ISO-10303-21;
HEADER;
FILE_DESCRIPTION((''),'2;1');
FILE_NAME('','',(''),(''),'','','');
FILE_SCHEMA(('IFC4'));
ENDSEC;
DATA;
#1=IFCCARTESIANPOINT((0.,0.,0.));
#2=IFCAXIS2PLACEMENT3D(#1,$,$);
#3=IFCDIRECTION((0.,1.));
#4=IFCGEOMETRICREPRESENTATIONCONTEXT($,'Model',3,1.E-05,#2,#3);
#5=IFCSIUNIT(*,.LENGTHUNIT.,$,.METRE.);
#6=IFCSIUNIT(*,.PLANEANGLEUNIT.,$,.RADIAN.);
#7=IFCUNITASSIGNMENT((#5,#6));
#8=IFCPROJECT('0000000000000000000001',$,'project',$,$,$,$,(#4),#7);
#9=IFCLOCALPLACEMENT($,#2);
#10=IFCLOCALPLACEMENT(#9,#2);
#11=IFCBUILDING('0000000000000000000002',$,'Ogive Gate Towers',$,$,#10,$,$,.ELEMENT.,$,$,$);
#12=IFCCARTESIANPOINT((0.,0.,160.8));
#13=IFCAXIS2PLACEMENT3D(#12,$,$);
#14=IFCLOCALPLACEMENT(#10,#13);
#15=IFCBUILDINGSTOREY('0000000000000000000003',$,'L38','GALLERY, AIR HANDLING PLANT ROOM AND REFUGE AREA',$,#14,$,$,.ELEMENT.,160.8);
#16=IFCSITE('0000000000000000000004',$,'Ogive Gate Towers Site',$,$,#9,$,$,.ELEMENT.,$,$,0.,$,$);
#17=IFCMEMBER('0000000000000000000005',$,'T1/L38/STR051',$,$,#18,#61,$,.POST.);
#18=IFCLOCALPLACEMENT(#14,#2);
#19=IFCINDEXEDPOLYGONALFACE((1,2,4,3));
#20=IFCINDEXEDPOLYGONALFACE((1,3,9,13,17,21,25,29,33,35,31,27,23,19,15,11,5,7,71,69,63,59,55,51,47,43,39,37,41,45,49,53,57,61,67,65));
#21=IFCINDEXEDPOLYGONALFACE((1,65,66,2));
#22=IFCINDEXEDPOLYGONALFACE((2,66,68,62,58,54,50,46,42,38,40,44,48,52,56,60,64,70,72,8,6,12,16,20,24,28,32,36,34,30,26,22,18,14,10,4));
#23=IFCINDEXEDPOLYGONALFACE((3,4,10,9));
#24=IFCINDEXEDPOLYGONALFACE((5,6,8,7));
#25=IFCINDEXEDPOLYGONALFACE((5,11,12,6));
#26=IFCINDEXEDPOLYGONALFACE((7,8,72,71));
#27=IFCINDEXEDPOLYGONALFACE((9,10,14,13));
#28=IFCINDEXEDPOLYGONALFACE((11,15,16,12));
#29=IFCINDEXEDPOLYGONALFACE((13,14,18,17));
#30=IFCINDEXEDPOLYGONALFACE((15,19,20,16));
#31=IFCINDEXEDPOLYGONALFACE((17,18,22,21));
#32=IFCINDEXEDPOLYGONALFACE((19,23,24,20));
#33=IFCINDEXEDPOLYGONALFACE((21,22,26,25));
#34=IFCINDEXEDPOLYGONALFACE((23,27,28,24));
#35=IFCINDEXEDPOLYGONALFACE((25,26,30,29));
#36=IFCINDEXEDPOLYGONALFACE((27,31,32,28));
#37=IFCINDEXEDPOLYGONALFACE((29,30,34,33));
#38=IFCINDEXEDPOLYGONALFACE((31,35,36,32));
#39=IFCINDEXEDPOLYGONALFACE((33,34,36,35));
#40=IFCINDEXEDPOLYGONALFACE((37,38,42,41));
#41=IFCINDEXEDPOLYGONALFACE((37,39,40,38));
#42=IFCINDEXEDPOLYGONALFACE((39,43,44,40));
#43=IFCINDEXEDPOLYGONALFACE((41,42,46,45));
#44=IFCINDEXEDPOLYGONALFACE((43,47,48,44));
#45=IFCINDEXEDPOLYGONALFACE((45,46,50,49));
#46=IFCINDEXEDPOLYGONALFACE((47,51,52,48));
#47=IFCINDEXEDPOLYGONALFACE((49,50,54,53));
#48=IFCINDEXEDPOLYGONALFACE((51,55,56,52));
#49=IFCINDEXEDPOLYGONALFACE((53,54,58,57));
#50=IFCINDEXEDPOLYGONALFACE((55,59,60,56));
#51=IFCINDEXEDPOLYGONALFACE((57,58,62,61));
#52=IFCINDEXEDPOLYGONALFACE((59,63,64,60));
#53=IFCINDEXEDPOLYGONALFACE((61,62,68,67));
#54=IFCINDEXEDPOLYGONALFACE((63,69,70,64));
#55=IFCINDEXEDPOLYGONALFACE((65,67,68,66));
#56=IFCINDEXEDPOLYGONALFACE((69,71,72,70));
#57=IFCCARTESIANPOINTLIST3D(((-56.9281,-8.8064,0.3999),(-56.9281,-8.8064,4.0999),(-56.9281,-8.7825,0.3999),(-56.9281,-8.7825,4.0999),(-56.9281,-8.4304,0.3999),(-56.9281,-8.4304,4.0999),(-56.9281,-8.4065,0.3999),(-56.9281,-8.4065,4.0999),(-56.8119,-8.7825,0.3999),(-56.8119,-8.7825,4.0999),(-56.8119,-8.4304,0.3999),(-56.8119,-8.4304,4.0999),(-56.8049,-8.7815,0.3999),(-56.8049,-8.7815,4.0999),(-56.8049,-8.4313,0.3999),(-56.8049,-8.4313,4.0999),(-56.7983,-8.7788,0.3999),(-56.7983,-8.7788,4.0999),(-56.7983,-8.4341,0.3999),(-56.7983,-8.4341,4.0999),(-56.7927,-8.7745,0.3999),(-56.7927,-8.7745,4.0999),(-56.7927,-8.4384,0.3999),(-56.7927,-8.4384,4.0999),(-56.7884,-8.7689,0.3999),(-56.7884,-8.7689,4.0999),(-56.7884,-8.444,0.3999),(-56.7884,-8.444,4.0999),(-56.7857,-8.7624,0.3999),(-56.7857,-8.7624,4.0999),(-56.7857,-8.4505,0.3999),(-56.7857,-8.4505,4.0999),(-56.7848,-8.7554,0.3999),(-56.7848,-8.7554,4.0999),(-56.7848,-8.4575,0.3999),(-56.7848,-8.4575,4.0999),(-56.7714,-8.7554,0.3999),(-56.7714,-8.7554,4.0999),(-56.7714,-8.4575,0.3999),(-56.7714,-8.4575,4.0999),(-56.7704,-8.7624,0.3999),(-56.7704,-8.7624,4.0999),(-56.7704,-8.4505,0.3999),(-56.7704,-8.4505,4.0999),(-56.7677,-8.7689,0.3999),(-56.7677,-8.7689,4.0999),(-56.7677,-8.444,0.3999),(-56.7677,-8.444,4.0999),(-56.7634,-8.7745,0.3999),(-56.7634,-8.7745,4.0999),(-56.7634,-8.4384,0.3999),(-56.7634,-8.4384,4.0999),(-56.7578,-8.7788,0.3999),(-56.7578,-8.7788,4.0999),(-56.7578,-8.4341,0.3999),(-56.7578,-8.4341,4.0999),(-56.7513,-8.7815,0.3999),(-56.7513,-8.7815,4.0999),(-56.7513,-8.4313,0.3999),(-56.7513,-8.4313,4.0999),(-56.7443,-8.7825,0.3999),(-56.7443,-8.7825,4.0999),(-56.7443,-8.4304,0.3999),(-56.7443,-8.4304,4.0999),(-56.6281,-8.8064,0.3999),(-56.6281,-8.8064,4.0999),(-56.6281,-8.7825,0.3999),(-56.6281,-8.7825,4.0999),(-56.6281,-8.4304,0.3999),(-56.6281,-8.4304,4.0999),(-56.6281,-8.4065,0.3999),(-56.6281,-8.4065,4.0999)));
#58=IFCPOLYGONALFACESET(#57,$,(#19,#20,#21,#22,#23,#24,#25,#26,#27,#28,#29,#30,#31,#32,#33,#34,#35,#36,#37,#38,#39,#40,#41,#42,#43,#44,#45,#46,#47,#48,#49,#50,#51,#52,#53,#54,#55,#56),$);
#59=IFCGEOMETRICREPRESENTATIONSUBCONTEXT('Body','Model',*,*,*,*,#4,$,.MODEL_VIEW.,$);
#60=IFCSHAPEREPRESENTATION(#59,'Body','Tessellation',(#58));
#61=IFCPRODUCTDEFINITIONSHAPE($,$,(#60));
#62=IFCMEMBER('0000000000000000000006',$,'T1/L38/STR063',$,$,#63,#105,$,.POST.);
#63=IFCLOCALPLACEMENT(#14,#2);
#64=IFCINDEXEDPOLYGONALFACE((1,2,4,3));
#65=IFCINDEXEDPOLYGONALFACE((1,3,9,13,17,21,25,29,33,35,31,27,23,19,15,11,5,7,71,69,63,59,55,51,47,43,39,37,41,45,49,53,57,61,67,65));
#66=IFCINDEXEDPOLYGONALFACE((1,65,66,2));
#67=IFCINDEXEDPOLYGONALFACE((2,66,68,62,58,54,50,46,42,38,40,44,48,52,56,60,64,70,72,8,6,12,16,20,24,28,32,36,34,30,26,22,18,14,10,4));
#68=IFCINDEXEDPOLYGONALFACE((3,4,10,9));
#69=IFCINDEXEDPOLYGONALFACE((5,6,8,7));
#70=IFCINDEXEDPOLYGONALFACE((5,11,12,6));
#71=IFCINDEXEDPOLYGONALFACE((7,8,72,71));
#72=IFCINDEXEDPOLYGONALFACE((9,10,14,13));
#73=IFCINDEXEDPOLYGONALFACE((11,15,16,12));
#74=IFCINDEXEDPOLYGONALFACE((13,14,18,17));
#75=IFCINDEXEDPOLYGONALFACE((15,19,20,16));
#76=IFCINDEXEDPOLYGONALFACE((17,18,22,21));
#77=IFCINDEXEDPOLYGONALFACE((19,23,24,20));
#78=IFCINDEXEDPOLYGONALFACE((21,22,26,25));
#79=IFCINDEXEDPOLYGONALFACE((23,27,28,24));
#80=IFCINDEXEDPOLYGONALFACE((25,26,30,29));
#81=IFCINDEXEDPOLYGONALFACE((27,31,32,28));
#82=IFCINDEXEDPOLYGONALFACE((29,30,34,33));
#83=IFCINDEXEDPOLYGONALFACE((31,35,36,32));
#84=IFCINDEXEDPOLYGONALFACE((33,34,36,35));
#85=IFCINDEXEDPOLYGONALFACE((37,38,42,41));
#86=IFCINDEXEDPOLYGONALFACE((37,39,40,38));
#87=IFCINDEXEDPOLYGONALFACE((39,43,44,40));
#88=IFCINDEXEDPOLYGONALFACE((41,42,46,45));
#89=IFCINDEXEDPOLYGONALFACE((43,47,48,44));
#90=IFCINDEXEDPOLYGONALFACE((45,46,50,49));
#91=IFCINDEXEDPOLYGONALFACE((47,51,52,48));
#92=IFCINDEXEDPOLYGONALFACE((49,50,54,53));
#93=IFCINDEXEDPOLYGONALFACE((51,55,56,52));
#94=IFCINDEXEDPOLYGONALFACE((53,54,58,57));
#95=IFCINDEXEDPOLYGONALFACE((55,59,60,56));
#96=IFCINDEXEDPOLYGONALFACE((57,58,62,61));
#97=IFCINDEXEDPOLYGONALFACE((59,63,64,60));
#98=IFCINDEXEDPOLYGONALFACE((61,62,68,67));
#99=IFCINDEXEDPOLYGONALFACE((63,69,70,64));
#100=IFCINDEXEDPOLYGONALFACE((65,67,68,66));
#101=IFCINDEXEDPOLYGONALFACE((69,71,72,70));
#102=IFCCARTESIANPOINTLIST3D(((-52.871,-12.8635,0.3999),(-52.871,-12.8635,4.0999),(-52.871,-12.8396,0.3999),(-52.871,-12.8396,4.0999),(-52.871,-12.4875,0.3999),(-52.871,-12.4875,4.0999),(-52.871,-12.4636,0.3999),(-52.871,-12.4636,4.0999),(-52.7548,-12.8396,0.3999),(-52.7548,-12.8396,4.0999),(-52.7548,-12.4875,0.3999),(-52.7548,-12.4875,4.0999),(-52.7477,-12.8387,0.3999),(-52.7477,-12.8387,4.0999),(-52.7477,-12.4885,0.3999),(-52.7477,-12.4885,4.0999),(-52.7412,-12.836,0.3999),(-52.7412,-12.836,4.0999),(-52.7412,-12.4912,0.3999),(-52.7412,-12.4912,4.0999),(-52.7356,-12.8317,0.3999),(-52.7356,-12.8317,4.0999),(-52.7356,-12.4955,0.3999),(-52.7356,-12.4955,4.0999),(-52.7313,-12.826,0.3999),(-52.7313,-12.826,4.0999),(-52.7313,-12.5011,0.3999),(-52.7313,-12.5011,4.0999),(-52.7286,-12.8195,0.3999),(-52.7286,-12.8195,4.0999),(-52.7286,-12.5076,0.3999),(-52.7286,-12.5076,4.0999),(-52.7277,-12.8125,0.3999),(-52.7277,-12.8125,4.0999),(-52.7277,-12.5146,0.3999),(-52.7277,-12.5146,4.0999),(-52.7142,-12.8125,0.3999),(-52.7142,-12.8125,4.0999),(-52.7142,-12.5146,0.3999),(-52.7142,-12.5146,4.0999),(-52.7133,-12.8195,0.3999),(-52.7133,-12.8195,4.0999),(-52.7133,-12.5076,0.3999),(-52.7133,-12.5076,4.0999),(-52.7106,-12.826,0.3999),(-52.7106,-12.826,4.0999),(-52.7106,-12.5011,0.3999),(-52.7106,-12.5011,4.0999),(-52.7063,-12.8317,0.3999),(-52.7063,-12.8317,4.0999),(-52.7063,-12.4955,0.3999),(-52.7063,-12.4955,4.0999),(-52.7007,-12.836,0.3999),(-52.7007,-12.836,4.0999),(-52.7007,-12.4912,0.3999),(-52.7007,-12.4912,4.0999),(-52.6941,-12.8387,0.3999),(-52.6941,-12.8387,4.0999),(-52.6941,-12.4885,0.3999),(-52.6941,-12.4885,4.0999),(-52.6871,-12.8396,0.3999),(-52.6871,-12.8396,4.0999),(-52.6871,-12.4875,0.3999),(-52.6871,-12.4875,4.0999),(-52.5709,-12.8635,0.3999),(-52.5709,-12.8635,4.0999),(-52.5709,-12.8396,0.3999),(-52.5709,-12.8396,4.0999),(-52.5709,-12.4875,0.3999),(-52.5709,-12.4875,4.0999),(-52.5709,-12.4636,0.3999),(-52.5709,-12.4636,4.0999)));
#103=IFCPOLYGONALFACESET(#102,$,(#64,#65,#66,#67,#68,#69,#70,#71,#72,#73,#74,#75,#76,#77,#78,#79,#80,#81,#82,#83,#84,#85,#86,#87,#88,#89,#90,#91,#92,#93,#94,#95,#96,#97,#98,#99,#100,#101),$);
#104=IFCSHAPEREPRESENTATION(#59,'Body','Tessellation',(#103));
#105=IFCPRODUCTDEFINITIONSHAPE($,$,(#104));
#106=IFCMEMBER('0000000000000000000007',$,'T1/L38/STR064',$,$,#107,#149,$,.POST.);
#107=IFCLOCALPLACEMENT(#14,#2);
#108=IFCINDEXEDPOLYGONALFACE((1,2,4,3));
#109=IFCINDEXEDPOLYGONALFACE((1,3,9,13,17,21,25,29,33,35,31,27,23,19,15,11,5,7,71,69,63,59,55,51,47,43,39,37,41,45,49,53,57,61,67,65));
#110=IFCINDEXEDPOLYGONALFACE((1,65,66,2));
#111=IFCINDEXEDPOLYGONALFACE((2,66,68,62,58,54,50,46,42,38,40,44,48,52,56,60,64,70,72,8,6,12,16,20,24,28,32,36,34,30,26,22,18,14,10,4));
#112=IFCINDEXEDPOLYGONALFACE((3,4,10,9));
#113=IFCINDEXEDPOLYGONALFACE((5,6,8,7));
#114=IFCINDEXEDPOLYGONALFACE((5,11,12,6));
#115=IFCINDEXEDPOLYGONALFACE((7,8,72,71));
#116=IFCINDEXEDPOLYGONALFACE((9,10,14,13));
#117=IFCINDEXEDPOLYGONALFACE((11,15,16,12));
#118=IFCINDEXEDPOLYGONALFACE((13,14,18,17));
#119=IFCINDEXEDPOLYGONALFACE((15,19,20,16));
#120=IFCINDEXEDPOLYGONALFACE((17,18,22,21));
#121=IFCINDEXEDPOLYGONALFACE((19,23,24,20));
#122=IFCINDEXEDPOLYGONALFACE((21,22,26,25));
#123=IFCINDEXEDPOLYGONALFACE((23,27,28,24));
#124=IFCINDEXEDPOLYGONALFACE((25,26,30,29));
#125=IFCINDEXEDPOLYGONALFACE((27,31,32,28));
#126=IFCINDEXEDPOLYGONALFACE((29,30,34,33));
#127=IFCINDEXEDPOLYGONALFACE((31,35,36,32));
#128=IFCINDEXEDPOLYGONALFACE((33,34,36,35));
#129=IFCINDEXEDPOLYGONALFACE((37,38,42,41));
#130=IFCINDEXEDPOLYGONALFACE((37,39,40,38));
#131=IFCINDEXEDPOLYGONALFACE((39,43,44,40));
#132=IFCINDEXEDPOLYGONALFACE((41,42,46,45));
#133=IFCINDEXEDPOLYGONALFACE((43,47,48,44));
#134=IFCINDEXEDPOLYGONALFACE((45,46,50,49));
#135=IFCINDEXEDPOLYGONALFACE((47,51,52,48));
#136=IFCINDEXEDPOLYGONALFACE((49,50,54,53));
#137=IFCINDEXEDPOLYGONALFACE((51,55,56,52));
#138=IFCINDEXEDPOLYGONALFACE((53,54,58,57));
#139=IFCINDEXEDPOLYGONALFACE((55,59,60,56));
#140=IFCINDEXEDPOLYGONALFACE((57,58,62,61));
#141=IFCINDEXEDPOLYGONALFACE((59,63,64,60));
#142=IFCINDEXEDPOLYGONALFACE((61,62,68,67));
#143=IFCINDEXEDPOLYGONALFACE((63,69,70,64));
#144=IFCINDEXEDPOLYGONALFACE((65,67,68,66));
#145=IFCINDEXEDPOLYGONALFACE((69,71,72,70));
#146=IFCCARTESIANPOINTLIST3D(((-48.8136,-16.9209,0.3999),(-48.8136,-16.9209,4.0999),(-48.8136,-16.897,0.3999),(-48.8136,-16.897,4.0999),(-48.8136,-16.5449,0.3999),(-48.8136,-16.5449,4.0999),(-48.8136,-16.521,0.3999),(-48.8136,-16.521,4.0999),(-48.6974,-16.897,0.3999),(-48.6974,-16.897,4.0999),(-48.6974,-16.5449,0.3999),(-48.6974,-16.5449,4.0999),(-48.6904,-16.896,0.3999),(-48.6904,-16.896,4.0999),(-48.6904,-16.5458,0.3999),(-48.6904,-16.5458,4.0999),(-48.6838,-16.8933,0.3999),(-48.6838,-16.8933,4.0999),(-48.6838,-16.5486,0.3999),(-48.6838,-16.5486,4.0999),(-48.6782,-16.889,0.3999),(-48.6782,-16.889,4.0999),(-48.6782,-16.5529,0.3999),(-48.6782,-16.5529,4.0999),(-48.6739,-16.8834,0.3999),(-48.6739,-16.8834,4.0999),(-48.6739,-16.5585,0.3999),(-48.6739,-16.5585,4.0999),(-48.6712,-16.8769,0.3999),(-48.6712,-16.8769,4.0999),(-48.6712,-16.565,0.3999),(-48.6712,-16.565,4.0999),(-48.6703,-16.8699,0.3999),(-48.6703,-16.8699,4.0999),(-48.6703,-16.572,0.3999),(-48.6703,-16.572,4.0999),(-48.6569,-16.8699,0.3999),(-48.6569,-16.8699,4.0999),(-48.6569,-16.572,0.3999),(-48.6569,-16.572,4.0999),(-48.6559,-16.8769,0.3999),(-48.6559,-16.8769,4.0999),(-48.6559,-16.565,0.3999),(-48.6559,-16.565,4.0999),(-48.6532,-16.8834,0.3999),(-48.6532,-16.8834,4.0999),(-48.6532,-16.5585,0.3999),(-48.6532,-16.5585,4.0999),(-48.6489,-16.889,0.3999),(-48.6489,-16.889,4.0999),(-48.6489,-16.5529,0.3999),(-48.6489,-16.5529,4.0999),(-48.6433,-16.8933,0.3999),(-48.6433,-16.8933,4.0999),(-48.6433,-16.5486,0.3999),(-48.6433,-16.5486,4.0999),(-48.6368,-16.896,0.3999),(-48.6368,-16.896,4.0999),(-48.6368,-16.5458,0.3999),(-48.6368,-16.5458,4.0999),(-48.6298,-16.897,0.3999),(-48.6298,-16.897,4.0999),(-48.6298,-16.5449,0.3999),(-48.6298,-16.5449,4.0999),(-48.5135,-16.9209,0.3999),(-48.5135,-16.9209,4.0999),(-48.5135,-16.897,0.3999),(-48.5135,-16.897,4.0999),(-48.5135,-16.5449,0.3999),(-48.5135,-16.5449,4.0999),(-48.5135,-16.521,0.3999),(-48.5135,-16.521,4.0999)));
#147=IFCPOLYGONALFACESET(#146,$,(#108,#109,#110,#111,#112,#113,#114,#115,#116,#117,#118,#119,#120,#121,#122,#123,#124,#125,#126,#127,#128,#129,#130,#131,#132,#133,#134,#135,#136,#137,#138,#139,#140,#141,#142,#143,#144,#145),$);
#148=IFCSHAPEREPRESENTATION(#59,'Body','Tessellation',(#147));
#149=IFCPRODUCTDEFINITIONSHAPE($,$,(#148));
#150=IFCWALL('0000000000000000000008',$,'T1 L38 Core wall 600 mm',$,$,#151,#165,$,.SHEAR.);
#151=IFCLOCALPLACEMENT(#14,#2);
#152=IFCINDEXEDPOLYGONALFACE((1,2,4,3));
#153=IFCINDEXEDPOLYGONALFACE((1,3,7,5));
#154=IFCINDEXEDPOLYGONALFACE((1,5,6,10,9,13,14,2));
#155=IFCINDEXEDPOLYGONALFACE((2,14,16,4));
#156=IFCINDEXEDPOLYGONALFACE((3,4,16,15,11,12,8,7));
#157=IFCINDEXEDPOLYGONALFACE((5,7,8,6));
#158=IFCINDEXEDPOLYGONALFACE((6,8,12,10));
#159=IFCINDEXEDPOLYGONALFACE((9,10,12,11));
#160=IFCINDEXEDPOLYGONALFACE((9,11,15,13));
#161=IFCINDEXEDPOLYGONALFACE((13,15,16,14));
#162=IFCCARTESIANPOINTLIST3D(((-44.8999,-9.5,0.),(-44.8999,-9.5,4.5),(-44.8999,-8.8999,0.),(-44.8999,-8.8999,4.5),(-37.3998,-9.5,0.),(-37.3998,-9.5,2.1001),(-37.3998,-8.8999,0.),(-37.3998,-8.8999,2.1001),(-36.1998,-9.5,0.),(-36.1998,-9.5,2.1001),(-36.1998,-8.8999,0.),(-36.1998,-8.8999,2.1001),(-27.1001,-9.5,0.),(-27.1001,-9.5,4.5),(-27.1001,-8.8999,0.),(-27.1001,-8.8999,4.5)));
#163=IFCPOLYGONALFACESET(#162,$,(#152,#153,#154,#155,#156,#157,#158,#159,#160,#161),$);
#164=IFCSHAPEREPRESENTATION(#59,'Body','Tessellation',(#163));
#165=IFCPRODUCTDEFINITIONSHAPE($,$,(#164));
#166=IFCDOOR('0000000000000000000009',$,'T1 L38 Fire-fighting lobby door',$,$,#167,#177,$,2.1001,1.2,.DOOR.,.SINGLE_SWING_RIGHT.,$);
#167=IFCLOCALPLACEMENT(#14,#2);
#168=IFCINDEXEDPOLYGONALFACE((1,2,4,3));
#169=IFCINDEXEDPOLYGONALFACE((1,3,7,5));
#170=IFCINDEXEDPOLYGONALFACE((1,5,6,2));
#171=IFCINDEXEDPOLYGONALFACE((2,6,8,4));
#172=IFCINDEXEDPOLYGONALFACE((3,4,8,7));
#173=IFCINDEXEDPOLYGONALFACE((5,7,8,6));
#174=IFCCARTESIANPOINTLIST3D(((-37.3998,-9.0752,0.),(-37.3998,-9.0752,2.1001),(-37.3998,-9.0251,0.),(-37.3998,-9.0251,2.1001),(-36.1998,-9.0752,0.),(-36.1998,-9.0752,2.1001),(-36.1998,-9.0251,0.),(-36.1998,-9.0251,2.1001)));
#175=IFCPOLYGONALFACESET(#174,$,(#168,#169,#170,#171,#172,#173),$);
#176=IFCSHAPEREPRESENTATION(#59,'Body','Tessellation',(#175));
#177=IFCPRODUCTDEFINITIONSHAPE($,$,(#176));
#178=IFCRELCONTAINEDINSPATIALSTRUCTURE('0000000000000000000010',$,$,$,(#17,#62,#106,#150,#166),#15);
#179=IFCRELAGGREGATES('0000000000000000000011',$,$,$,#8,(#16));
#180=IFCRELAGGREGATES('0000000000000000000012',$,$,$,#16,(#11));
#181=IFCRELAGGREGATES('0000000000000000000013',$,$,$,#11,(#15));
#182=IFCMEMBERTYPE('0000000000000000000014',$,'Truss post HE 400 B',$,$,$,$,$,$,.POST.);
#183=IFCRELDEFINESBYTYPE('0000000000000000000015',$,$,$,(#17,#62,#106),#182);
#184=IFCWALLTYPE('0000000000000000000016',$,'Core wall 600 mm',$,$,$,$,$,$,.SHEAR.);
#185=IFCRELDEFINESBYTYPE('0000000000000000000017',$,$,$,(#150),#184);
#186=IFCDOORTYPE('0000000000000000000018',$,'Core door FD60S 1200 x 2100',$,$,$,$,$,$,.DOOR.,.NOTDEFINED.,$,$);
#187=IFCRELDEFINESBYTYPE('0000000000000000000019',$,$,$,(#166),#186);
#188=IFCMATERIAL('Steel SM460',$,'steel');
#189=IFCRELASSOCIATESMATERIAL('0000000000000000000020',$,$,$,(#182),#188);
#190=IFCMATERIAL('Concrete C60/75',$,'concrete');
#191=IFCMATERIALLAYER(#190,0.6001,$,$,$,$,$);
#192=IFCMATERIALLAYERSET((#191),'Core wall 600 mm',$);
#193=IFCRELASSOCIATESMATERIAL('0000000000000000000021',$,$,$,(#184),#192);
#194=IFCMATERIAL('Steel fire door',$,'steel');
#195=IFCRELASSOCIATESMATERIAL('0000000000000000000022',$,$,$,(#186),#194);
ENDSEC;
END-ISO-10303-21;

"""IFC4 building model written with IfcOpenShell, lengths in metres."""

from ifc_helpers import new_model, si_unit, direction, frame, frame_2d, origin, origin_2d, place, context, subcontext, project, spatial, rectangle, i_section, extrude, material, layer, layer_set, material_profile, profile_set, type_object, element, fill, save


model = new_model("IFC4")

# Units and contexts
model_context = context("Model", 3, precision=1e-05, world=origin(), true_north=direction((0.0, 1.0)))
body_context = subcontext(model_context, "Body", "Model", "MODEL_VIEW")
ifc_project = project(units=[si_unit("LENGTHUNIT", "METRE"), si_unit("PLANEANGLEUNIT", "RADIAN")], contexts=[model_context])

# Site, building, storey
site_placement = place(None, origin())
site = spatial("IfcSite", under=ifc_project, at=site_placement, Name="Ogive Gate Towers Site", CompositionType="ELEMENT", RefElevation=0.0)
building_placement = place(site_placement, origin())
building = spatial("IfcBuilding", under=site, at=building_placement, Name="Ogive Gate Towers", CompositionType="ELEMENT")
storey_placement = place(building_placement, frame((0.0, 0.0, 160.8)))
storey = spatial("IfcBuildingStorey", under=building, at=storey_placement, Name="L38", Description="GALLERY, AIR HANDLING PLANT ROOM AND REFUGE AREA", CompositionType="ELEMENT", Elevation=160.8)

# Members
ifc_material_1 = material(Name="Steel SM460", Category="steel")
ifc_material_profile_1 = material_profile(ifc_material_1, i_section(OverallWidth=0.3, OverallDepth=0.3999, WebThickness=0.0134, FlangeThickness=0.0239, FilletRadius=0.0271, at=origin_2d()), Name="HE 400 B")
ifc_profile_set_1 = profile_set([ifc_material_profile_1], Name="Steel SM460")
member_type_1 = type_object("IfcMemberType", Name="Truss post HE 400 B", PredefinedType="POST", material=ifc_profile_set_1)
for number, where, z_axis, x_axis, name in (
    (1, (-56.7781, -8.6064, 0.3999), (0.0, 0.0, 1.0), (1.0, 0.0, 0.0), "T1/L38/STR051"),
    (2, (-52.7209, -12.6636, 0.3999), (0.0, 0.0, 1.0), (1.0, 0.0, 0.0), "T1/L38/STR063"),
    (3, (-48.6636, -16.7209, 0.3999), (0.0, 0.0, 1.0), (1.0, 0.0, 0.0), "T1/L38/STR064"),
):
    element("IfcMember", number, at=place(storey_placement, frame(where, z_axis=z_axis, x_axis=x_axis)), inside=storey, type_object=member_type_1, Name=name, PredefinedType="POST", context=body_context, shape_type="SweptSolid", body=[
        extrude(i_section(OverallWidth=0.3, OverallDepth=0.3999, WebThickness=0.0134, FlangeThickness=0.0239, FilletRadius=0.0271, at=origin_2d()), origin(), (0.0, 0.0, 1.0), 3.7),
    ])

# Wall, opening, door
ifc_material_2 = material(Name="Concrete C60/75", Category="concrete")
ifc_layer_1 = layer(ifc_material_2, 0.6001)
ifc_layer_set_1 = layer_set([ifc_layer_1], Name="Core wall 600 mm")
wall_type_1 = type_object("IfcWallType", Name="Core wall 600 mm", PredefinedType="SHEAR", material=ifc_layer_set_1)
wall_1_placement = place(storey_placement, frame((-44.8999, -9.2, 0.0), z_axis=(0.0, 0.0, 1.0), x_axis=(1.0, 0.0, 0.0)))
wall_1 = element("IfcWall", 4, at=wall_1_placement, inside=storey, type_object=wall_type_1, Name="T1 L38 Core wall 600 mm", PredefinedType="SHEAR", context=body_context, shape_type="SweptSolid", body=[
    extrude(rectangle(XDim=17.7998, YDim=0.6001, at=frame_2d((8.8999, 0.0))), origin(), (0.0, 0.0, 1.0), 4.5),
])
opening_1_placement = place(wall_1_placement, frame((7.5, 0.0, 0.0)))
opening_1 = element("IfcOpeningElement", 5, at=opening_1_placement, cuts=wall_1, PredefinedType="OPENING", context=body_context, shape_type="SweptSolid", body=[
    extrude(rectangle(XDim=1.2, YDim=2.1001, at=frame_2d((0.6001, 1.05))), frame((0.0, 0.3101, 0.0), z_axis=(0.0, -1.0, 0.0), x_axis=(1.0, 0.0, 0.0)), (0.0, 0.0, 1.0), 0.6201),
])
ifc_material_3 = material(Name="Steel fire door", Category="steel")
door_type_1 = type_object("IfcDoorType", Name="Core door FD60S 1200 x 2100", OperationType="NOTDEFINED", PredefinedType="DOOR", material=ifc_material_3)
door_1_placement = place(opening_1_placement, origin())
door_1 = element("IfcDoor", 6, at=door_1_placement, inside=storey, type_object=door_type_1, Name="T1 L38 Fire-fighting lobby door", OperationType="SINGLE_SWING_RIGHT", OverallHeight=2.1001, OverallWidth=1.2, PredefinedType="DOOR", context=body_context, shape_type="SweptSolid", body=[
    extrude(rectangle(XDim=1.2, YDim=2.1001, at=frame_2d((0.6001, 1.05))), frame((0.0, 0.1748, 0.0), z_axis=(0.0, -1.0, 0.0), x_axis=(1.0, 0.0, 0.0)), (0.0, 0.0, 1.0), 0.05),
])
fill(opening_1, door_1)

save(model, "model.ifc")
